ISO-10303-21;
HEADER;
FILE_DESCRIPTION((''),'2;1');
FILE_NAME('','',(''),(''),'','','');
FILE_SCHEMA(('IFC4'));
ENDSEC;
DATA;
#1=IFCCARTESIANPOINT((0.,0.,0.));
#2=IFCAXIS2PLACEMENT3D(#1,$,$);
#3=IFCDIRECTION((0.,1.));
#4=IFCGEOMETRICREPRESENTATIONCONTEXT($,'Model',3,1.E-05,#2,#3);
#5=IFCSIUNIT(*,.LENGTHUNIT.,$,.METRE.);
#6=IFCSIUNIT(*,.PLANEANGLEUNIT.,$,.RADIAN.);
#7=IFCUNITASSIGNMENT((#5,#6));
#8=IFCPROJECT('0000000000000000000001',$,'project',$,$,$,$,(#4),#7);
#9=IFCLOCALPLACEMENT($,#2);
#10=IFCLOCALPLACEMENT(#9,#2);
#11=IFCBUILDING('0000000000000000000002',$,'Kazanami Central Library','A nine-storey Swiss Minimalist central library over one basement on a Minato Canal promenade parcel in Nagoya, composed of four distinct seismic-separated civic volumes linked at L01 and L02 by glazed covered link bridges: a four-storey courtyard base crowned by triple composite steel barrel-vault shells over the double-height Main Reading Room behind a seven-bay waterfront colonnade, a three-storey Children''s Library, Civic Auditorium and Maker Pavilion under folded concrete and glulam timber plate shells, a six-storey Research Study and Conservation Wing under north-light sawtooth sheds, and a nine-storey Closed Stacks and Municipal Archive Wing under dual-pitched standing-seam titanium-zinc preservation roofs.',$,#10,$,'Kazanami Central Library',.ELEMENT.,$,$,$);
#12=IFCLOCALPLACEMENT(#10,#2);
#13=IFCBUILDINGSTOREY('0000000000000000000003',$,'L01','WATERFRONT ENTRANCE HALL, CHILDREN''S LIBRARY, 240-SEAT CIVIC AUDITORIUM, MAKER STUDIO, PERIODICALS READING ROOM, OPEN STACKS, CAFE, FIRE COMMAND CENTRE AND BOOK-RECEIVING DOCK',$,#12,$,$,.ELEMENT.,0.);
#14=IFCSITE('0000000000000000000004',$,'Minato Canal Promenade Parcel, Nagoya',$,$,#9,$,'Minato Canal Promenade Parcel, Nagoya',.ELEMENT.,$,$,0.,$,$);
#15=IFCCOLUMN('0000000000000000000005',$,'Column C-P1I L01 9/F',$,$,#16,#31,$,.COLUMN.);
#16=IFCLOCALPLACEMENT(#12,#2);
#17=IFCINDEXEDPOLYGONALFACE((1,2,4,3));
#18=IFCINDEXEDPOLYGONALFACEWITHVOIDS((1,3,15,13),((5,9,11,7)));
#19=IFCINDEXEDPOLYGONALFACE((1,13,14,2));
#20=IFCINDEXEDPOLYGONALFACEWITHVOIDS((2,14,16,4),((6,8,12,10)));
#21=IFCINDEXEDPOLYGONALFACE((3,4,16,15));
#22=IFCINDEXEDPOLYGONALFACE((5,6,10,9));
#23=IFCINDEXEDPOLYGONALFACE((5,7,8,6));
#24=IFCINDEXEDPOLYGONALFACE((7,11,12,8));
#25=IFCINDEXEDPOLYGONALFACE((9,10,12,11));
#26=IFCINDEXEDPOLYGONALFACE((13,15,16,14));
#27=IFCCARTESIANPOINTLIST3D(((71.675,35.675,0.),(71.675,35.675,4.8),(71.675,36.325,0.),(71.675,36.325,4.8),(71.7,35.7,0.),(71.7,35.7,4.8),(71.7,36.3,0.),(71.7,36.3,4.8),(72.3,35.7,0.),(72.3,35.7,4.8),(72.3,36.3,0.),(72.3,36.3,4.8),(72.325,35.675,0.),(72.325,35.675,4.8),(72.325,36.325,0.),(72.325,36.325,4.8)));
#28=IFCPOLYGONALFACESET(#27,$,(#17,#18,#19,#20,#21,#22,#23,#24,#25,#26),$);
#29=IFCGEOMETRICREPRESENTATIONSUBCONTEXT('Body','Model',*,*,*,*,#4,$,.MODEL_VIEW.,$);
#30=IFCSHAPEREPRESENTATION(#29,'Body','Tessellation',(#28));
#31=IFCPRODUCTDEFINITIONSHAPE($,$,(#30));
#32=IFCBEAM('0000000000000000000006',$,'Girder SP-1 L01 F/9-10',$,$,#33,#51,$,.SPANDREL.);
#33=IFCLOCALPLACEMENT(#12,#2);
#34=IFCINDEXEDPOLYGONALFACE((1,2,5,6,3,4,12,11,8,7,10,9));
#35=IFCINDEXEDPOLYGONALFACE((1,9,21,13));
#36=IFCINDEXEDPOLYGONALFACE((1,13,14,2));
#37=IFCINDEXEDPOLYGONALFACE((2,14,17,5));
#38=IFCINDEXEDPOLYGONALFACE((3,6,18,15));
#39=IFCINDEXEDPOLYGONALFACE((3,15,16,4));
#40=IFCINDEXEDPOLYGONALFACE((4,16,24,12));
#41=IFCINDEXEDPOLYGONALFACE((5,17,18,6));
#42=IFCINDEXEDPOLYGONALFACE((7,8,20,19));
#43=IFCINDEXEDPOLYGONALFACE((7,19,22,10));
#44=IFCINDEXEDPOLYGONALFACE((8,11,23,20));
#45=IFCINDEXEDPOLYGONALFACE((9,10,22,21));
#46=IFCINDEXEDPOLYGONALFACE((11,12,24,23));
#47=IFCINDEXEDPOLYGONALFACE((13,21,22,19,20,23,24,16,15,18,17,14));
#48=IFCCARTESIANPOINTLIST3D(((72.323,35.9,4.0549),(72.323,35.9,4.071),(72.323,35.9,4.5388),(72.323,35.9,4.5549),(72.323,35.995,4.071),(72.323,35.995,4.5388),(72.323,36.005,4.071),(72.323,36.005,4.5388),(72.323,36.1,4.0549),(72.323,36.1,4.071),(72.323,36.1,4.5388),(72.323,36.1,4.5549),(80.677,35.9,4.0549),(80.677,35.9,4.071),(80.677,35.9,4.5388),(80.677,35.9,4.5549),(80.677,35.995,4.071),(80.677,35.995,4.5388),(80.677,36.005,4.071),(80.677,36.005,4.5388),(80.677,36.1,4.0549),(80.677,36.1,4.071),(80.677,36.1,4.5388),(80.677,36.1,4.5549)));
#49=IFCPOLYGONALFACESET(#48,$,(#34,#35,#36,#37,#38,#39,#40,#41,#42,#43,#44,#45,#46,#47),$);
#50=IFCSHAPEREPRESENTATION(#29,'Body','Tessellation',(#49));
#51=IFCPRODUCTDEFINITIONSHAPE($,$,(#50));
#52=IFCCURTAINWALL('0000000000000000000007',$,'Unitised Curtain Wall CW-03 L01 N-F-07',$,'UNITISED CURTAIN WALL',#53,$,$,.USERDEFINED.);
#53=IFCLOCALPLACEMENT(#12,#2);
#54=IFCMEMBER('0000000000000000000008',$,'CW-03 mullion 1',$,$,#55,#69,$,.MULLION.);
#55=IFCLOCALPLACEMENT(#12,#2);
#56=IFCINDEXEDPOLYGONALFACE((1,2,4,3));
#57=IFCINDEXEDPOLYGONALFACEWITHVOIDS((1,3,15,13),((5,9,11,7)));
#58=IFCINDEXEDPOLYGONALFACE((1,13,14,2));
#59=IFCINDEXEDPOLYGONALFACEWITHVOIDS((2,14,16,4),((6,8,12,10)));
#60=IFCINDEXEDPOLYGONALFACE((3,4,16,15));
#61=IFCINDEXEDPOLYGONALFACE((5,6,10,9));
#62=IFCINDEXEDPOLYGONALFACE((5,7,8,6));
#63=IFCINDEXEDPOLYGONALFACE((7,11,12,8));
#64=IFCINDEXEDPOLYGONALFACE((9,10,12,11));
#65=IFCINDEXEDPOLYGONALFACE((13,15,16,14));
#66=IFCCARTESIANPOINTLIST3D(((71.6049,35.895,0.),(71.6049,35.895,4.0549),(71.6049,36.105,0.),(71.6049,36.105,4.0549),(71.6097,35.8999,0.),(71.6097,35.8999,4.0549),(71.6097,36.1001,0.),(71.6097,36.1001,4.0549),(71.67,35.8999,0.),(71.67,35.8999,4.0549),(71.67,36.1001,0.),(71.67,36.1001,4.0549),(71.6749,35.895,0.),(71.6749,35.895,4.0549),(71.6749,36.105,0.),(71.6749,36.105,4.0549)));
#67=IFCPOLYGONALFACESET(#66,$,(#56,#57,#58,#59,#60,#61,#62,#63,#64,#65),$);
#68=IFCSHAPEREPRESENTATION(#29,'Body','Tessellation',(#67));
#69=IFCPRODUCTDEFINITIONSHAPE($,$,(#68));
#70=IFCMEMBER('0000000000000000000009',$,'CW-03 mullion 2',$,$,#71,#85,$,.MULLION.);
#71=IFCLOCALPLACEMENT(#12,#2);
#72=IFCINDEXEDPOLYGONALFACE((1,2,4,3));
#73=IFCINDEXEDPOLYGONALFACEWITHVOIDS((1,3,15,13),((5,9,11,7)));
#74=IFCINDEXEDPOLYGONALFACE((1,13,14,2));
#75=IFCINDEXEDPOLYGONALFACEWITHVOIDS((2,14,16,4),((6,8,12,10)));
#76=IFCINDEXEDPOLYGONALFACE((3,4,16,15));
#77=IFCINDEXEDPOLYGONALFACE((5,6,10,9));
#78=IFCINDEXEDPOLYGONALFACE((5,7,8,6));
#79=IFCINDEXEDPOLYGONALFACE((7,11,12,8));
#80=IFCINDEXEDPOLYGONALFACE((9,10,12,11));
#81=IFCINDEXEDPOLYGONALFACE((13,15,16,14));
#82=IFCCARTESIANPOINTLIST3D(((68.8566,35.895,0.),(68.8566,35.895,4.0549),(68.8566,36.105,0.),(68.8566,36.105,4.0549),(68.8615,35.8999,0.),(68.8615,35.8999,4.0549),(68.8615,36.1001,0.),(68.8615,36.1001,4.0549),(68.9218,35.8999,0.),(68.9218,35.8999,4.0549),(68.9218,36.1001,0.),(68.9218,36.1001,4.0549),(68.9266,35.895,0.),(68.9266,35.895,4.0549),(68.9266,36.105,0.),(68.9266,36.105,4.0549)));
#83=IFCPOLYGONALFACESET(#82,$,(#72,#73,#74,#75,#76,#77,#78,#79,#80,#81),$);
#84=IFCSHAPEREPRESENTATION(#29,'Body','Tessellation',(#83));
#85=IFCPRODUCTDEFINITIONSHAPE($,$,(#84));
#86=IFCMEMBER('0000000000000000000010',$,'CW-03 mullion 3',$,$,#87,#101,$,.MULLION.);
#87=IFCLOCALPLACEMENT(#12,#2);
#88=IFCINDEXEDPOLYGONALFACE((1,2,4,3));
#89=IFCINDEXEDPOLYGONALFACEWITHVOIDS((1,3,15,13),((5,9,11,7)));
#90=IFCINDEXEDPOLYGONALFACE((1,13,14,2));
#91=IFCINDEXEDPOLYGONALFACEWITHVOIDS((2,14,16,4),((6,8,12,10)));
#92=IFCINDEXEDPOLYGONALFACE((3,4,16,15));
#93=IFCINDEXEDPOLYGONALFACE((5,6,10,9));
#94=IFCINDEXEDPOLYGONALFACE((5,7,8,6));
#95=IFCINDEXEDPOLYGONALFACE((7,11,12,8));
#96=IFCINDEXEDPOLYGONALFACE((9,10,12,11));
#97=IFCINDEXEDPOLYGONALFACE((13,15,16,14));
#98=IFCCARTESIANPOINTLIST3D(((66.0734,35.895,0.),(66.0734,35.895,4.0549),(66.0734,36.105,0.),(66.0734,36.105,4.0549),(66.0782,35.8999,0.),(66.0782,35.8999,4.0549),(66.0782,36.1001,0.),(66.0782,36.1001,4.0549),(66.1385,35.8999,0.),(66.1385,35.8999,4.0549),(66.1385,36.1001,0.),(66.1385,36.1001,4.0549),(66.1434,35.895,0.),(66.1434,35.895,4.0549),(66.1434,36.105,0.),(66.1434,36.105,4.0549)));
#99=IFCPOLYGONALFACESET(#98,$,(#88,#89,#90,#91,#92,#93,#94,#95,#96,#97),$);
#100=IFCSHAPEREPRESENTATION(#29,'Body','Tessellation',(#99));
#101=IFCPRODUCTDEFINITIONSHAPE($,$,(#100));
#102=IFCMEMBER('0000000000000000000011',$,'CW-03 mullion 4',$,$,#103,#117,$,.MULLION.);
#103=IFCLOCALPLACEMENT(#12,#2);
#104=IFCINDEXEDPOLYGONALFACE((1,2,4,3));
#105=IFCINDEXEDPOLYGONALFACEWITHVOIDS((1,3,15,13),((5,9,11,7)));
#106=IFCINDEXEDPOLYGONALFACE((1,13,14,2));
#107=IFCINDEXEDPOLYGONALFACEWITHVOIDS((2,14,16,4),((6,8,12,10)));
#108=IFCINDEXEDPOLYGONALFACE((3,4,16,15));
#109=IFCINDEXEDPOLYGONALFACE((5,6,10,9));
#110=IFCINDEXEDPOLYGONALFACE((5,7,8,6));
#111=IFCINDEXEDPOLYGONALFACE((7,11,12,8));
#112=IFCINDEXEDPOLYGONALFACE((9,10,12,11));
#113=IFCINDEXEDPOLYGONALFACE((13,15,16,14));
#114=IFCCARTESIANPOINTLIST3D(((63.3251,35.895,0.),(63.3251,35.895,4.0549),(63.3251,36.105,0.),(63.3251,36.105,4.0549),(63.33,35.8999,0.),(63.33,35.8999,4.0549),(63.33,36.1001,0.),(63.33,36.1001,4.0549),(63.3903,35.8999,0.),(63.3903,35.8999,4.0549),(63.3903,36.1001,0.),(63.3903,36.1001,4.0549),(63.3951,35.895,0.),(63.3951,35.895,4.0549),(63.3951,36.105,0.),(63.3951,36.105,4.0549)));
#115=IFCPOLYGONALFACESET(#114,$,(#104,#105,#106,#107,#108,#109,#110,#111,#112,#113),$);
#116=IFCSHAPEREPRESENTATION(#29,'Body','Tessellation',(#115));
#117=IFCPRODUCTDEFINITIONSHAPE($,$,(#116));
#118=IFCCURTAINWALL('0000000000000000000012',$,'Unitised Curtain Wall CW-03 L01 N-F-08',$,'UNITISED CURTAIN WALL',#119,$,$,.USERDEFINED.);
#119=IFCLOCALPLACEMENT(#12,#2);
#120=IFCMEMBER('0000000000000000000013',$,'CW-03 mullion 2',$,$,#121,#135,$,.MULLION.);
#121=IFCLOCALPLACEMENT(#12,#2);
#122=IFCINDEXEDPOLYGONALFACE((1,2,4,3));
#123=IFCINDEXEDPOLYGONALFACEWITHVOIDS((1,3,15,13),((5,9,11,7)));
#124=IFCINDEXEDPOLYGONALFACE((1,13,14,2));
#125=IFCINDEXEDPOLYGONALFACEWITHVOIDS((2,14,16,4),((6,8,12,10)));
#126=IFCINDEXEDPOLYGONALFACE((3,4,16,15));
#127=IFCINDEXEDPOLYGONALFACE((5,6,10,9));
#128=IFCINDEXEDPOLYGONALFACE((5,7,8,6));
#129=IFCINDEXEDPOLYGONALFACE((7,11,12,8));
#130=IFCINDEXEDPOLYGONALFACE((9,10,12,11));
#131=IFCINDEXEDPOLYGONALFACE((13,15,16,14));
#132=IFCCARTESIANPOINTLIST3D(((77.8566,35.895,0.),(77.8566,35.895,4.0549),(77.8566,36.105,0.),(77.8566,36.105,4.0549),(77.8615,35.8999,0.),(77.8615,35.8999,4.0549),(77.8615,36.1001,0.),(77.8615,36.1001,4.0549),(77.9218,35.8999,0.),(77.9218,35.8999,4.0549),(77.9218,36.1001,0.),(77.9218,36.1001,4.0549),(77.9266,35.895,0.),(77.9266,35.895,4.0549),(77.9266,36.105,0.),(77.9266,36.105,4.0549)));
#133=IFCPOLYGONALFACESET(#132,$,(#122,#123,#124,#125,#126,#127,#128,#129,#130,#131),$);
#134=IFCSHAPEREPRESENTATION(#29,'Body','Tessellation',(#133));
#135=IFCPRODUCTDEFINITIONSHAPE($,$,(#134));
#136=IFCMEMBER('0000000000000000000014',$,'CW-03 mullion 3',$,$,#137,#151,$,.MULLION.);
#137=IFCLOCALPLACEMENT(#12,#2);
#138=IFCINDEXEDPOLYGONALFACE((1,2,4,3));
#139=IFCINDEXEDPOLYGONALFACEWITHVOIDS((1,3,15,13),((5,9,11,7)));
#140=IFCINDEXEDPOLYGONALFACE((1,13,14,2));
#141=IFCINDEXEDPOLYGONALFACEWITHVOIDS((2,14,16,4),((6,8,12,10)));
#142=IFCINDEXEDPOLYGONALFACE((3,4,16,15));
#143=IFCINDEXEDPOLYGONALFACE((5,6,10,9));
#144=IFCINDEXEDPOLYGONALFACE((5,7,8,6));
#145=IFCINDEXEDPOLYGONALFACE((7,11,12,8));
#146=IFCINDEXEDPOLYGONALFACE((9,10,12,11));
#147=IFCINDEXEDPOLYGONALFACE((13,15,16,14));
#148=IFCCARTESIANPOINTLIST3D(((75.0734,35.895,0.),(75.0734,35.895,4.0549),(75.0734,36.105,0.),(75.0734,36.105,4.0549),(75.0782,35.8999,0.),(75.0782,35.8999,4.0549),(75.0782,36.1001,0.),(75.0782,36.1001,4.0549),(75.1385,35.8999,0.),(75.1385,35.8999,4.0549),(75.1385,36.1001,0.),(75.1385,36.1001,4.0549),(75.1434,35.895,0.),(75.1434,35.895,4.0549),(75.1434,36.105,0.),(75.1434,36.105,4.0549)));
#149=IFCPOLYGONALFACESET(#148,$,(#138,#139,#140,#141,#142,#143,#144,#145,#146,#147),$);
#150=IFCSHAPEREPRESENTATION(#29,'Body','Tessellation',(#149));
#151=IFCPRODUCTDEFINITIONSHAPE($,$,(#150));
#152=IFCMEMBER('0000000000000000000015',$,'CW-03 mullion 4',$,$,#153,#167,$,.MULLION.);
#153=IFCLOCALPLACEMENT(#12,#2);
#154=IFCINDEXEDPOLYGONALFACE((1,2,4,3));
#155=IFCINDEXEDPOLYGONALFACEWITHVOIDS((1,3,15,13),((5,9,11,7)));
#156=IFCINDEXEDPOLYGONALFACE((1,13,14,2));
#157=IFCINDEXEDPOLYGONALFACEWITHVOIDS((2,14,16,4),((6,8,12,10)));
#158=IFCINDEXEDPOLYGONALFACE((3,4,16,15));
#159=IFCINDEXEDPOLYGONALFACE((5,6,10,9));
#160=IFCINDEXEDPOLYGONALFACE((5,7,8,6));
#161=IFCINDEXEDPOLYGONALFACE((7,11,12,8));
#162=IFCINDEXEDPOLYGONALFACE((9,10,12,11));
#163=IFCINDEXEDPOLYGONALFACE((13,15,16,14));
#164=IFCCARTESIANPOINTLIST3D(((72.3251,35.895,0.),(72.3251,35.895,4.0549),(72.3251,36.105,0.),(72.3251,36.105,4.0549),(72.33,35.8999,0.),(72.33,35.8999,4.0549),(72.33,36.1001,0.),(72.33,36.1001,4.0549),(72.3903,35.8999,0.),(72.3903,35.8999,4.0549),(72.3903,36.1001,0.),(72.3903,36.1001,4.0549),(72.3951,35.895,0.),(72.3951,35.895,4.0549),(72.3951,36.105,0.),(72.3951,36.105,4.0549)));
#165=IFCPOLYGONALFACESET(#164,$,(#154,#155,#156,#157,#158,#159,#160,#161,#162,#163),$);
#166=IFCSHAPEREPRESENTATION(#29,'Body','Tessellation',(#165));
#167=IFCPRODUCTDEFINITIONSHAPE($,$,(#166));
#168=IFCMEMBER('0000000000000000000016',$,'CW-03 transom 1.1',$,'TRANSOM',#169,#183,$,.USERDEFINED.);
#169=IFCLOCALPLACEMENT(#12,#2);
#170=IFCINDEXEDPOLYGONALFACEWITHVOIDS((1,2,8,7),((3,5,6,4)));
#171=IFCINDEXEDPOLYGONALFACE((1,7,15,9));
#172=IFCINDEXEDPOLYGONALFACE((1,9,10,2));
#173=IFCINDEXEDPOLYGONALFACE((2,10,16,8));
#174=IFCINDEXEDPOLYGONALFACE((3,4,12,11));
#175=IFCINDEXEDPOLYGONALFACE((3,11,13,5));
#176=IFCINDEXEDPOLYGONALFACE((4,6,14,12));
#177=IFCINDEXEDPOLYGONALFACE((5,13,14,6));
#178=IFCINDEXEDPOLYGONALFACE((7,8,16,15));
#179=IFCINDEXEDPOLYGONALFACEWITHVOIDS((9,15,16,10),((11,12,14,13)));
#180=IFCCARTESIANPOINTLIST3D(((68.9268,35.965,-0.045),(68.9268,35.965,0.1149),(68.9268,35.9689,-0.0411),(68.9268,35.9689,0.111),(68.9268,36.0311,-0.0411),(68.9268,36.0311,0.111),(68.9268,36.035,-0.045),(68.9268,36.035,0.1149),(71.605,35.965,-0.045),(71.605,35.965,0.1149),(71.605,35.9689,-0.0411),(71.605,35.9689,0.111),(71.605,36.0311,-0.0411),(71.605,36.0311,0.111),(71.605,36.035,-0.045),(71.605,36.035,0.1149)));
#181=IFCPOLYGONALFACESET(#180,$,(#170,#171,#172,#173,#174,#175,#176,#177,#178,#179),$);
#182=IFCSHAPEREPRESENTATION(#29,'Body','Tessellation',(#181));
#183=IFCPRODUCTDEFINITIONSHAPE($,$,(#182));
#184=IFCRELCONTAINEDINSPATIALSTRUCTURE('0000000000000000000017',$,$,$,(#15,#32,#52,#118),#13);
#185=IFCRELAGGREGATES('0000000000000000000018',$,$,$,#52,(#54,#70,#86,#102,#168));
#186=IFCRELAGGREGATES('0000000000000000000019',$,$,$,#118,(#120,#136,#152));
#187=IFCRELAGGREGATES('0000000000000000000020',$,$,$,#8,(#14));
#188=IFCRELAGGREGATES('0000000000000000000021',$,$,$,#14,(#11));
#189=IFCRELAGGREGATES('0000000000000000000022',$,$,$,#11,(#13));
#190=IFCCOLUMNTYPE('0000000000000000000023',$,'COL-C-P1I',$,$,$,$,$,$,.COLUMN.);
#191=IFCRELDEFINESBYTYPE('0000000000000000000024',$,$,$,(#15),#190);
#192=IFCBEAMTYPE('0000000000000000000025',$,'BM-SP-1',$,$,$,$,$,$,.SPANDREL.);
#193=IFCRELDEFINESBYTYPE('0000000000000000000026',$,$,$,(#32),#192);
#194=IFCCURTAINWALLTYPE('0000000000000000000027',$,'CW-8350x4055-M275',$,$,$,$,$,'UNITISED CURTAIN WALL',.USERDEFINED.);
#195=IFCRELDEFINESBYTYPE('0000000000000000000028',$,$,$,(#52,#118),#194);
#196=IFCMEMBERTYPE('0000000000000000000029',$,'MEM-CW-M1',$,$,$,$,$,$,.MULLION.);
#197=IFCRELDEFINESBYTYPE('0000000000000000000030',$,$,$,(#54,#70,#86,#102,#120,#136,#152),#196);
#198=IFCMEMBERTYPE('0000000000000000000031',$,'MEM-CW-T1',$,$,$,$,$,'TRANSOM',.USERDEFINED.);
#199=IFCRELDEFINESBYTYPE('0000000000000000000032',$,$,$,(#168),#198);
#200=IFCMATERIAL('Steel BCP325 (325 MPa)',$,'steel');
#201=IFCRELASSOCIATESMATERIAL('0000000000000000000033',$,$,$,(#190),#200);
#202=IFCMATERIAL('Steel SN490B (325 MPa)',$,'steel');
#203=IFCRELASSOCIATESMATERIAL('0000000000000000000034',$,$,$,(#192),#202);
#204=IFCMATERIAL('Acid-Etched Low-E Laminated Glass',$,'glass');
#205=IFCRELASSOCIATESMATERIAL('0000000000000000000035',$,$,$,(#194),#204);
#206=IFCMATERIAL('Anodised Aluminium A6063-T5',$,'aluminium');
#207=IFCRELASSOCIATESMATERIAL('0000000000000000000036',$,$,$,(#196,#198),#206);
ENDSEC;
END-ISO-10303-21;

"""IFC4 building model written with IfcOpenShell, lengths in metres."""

from ifc_helpers import new_model, si_unit, direction, frame, origin, origin_2d, place, context, subcontext, project, spatial, hollow_rectangle, i_section, extrude, material, material_profile, profile_set, type_object, element, aggregate, save


model = new_model("IFC4")

# Units and contexts
model_context = context("Model", 3, precision=1e-05, world=origin(), true_north=direction((0.0, 1.0)))
body_context = subcontext(model_context, "Body", "Model", "MODEL_VIEW")
ifc_project = project(units=[si_unit("LENGTHUNIT", "METRE"), si_unit("PLANEANGLEUNIT", "RADIAN")], contexts=[model_context])

# Site, building, storey
site_placement = place(None, origin())
site = spatial("IfcSite", under=ifc_project, at=site_placement, Name="Minato Canal Promenade Parcel, Nagoya", LongName="Minato Canal Promenade Parcel, Nagoya", CompositionType="ELEMENT", RefElevation=0.0)
building_placement = place(site_placement, origin())
building = spatial("IfcBuilding", under=site, at=building_placement, Name="Kazanami Central Library", Description="A nine-storey Swiss Minimalist central library over one basement on a Minato Canal promenade parcel in Nagoya, composed of four distinct seismic-separated civic volumes linked at L01 and L02 by glazed covered link bridges: a four-storey courtyard base crowned by triple composite steel barrel-vault shells over the double-height Main Reading Room behind a seven-bay waterfront colonnade, a three-storey Children's Library, Civic Auditorium and Maker Pavilion under folded concrete and glulam timber plate shells, a six-storey Research Study and Conservation Wing under north-light sawtooth sheds, and a nine-storey Closed Stacks and Municipal Archive Wing under dual-pitched standing-seam titanium-zinc preservation roofs.", LongName="Kazanami Central Library", CompositionType="ELEMENT")
storey_placement = place(building_placement, origin())
storey = spatial("IfcBuildingStorey", under=building, at=storey_placement, Name="L01", Description="WATERFRONT ENTRANCE HALL, CHILDREN'S LIBRARY, 240-SEAT CIVIC AUDITORIUM, MAKER STUDIO, PERIODICALS READING ROOM, OPEN STACKS, CAFE, FIRE COMMAND CENTRE AND BOOK-RECEIVING DOCK", CompositionType="ELEMENT", Elevation=0.0)

# Column
ifc_material_1 = material(Name="Steel BCP325 (325 MPa)", Category="steel")
ifc_material_profile_1 = material_profile(ifc_material_1, hollow_rectangle(XDim=0.6499, YDim=0.6499, WallThickness=0.0249, at=origin_2d()), Name="BCP-650x650x25")
ifc_profile_set_1 = profile_set([ifc_material_profile_1], Name="Steel BCP325 (325 MPa)")
column_type = type_object("IfcColumnType", Name="COL-C-P1I", PredefinedType="COLUMN", material=ifc_profile_set_1)
column_placement = place(storey_placement, frame((72.0, 36.0, 0.0), z_axis=(0.0, 0.0, 1.0), x_axis=(1.0, 0.0, 0.0)))
element("IfcColumn", 1, at=column_placement, inside=storey, type_object=column_type, Name="Column C-P1I L01 9/F", PredefinedType="COLUMN", context=body_context, shape_type="SweptSolid", body=[
    extrude(hollow_rectangle(XDim=0.6499, YDim=0.6499, WallThickness=0.0249, at=origin_2d()), origin(), (0.0, 0.0, 1.0), 4.8),
])

# Beam
ifc_material_2 = material(Name="Steel SN490B (325 MPa)", Category="steel")
ifc_material_profile_2 = material_profile(ifc_material_2, i_section(OverallWidth=0.2, OverallDepth=0.5, WebThickness=0.01, FlangeThickness=0.0161, at=origin_2d()), Name="H-500x200x10x16")
ifc_profile_set_2 = profile_set([ifc_material_profile_2], Name="Steel SN490B (325 MPa)")
beam_type = type_object("IfcBeamType", Name="BM-SP-1", PredefinedType="SPANDREL", material=ifc_profile_set_2)
beam_placement = place(storey_placement, frame((72.323, 36.0, 4.3049), z_axis=(1.0, 0.0, 0.0), x_axis=(0.0, 1.0, 0.0)))
element("IfcBeam", 2, at=beam_placement, inside=storey, type_object=beam_type, Name="Girder SP-1 L01 F/9-10", PredefinedType="SPANDREL", context=body_context, shape_type="SweptSolid", body=[
    extrude(i_section(OverallWidth=0.2, OverallDepth=0.5, WebThickness=0.01, FlangeThickness=0.0161, at=origin_2d()), origin(), (0.0, 0.0, 1.0), 8.354),
])

# Curtain walls, members
ifc_material_3 = material(Name="Acid-Etched Low-E Laminated Glass", Category="glass")
curtain_wall_type = type_object("IfcCurtainWallType", Name="CW-8350x4055-M275", ElementType="UNITISED CURTAIN WALL", PredefinedType="USERDEFINED", material=ifc_material_3)
curtain_wall_1_placement = place(storey_placement, origin())
curtain_wall_1 = element("IfcCurtainWall", 3, at=curtain_wall_1_placement, inside=storey, type_object=curtain_wall_type, Name="Unitised Curtain Wall CW-03 L01 N-F-07", ObjectType="UNITISED CURTAIN WALL", PredefinedType="USERDEFINED")
ifc_material_4 = material(Name="Anodised Aluminium A6063-T5", Category="aluminium")
ifc_material_profile_3 = material_profile(ifc_material_4, hollow_rectangle(XDim=0.0701, YDim=0.21, WallThickness=0.0049, at=origin_2d()), Name="ALU-MULL-70x210x5")
ifc_profile_set_3 = profile_set([ifc_material_profile_3], Name="Anodised Aluminium A6063-T5")
member_type_1 = type_object("IfcMemberType", Name="MEM-CW-M1", PredefinedType="MULLION", material=ifc_profile_set_3)
member_1_placement = place(storey_placement, frame((71.6399, 36.0, 0.0), z_axis=(0.0, 0.0, 1.0), x_axis=(-1.0, 0.0, 0.0)))
member_1 = element("IfcMember", 4, at=member_1_placement, type_object=member_type_1, Name="CW-03 mullion 1", PredefinedType="MULLION", context=body_context, shape_type="SweptSolid", body=[
    extrude(hollow_rectangle(XDim=0.0701, YDim=0.21, WallThickness=0.0049, at=origin_2d()), origin(), (0.0, 0.0, 1.0), 4.0549),
])
member_2_placement = place(storey_placement, frame((68.8916, 36.0, 0.0), z_axis=(0.0, 0.0, 1.0), x_axis=(-1.0, 0.0, 0.0)))
member_2 = element("IfcMember", 5, at=member_2_placement, type_object=member_type_1, Name="CW-03 mullion 2", PredefinedType="MULLION", context=body_context, shape_type="SweptSolid", body=[
    extrude(hollow_rectangle(XDim=0.0701, YDim=0.21, WallThickness=0.0049, at=origin_2d()), origin(), (0.0, 0.0, 1.0), 4.0549),
])
member_3_placement = place(storey_placement, frame((66.1084, 36.0, 0.0), z_axis=(0.0, 0.0, 1.0), x_axis=(-1.0, 0.0, 0.0)))
member_3 = element("IfcMember", 6, at=member_3_placement, type_object=member_type_1, Name="CW-03 mullion 3", PredefinedType="MULLION", context=body_context, shape_type="SweptSolid", body=[
    extrude(hollow_rectangle(XDim=0.0701, YDim=0.21, WallThickness=0.0049, at=origin_2d()), origin(), (0.0, 0.0, 1.0), 4.0549),
])
member_4_placement = place(storey_placement, frame((63.3601, 36.0, 0.0), z_axis=(0.0, 0.0, 1.0), x_axis=(-1.0, 0.0, 0.0)))
member_4 = element("IfcMember", 7, at=member_4_placement, type_object=member_type_1, Name="CW-03 mullion 4", PredefinedType="MULLION", context=body_context, shape_type="SweptSolid", body=[
    extrude(hollow_rectangle(XDim=0.0701, YDim=0.21, WallThickness=0.0049, at=origin_2d()), origin(), (0.0, 0.0, 1.0), 4.0549),
])
curtain_wall_2_placement = place(storey_placement, origin())
curtain_wall_2 = element("IfcCurtainWall", 8, at=curtain_wall_2_placement, inside=storey, type_object=curtain_wall_type, Name="Unitised Curtain Wall CW-03 L01 N-F-08", ObjectType="UNITISED CURTAIN WALL", PredefinedType="USERDEFINED")
member_5_placement = place(storey_placement, frame((77.8916, 36.0, 0.0), z_axis=(0.0, 0.0, 1.0), x_axis=(-1.0, 0.0, 0.0)))
member_5 = element("IfcMember", 9, at=member_5_placement, type_object=member_type_1, Name="CW-03 mullion 2", PredefinedType="MULLION", context=body_context, shape_type="SweptSolid", body=[
    extrude(hollow_rectangle(XDim=0.0701, YDim=0.21, WallThickness=0.0049, at=origin_2d()), origin(), (0.0, 0.0, 1.0), 4.0549),
])
member_6_placement = place(storey_placement, frame((75.1084, 36.0, 0.0), z_axis=(0.0, 0.0, 1.0), x_axis=(-1.0, 0.0, 0.0)))
member_6 = element("IfcMember", 10, at=member_6_placement, type_object=member_type_1, Name="CW-03 mullion 3", PredefinedType="MULLION", context=body_context, shape_type="SweptSolid", body=[
    extrude(hollow_rectangle(XDim=0.0701, YDim=0.21, WallThickness=0.0049, at=origin_2d()), origin(), (0.0, 0.0, 1.0), 4.0549),
])
member_7_placement = place(storey_placement, frame((72.3601, 36.0, 0.0), z_axis=(0.0, 0.0, 1.0), x_axis=(-1.0, 0.0, 0.0)))
member_7 = element("IfcMember", 11, at=member_7_placement, type_object=member_type_1, Name="CW-03 mullion 4", PredefinedType="MULLION", context=body_context, shape_type="SweptSolid", body=[
    extrude(hollow_rectangle(XDim=0.0701, YDim=0.21, WallThickness=0.0049, at=origin_2d()), origin(), (0.0, 0.0, 1.0), 4.0549),
])

# Member
ifc_material_profile_4 = material_profile(ifc_material_4, hollow_rectangle(XDim=0.0701, YDim=0.1599, WallThickness=0.0039, at=origin_2d()), Name="ALU-TRAN-70x160x4")
ifc_profile_set_4 = profile_set([ifc_material_profile_4], Name="Anodised Aluminium A6063-T5")
member_type_2 = type_object("IfcMemberType", Name="MEM-CW-T1", ElementType="TRANSOM", PredefinedType="USERDEFINED", material=ifc_profile_set_4)
member_8_placement = place(storey_placement, frame((71.605, 36.0, 0.0349), z_axis=(-1.0, 0.0, 0.0), x_axis=(0.0, -1.0, 0.0)))
member_8 = element("IfcMember", 12, at=member_8_placement, type_object=member_type_2, Name="CW-03 transom 1.1", ObjectType="TRANSOM", PredefinedType="USERDEFINED", context=body_context, shape_type="SweptSolid", body=[
    extrude(hollow_rectangle(XDim=0.0701, YDim=0.1599, WallThickness=0.0039, at=origin_2d()), origin(), (0.0, 0.0, 1.0), 2.6782),
])

aggregate(curtain_wall_1, [member_1, member_2, member_3, member_4, member_8])
aggregate(curtain_wall_2, [member_5, member_6, member_7])

save(model, "model.ifc")
